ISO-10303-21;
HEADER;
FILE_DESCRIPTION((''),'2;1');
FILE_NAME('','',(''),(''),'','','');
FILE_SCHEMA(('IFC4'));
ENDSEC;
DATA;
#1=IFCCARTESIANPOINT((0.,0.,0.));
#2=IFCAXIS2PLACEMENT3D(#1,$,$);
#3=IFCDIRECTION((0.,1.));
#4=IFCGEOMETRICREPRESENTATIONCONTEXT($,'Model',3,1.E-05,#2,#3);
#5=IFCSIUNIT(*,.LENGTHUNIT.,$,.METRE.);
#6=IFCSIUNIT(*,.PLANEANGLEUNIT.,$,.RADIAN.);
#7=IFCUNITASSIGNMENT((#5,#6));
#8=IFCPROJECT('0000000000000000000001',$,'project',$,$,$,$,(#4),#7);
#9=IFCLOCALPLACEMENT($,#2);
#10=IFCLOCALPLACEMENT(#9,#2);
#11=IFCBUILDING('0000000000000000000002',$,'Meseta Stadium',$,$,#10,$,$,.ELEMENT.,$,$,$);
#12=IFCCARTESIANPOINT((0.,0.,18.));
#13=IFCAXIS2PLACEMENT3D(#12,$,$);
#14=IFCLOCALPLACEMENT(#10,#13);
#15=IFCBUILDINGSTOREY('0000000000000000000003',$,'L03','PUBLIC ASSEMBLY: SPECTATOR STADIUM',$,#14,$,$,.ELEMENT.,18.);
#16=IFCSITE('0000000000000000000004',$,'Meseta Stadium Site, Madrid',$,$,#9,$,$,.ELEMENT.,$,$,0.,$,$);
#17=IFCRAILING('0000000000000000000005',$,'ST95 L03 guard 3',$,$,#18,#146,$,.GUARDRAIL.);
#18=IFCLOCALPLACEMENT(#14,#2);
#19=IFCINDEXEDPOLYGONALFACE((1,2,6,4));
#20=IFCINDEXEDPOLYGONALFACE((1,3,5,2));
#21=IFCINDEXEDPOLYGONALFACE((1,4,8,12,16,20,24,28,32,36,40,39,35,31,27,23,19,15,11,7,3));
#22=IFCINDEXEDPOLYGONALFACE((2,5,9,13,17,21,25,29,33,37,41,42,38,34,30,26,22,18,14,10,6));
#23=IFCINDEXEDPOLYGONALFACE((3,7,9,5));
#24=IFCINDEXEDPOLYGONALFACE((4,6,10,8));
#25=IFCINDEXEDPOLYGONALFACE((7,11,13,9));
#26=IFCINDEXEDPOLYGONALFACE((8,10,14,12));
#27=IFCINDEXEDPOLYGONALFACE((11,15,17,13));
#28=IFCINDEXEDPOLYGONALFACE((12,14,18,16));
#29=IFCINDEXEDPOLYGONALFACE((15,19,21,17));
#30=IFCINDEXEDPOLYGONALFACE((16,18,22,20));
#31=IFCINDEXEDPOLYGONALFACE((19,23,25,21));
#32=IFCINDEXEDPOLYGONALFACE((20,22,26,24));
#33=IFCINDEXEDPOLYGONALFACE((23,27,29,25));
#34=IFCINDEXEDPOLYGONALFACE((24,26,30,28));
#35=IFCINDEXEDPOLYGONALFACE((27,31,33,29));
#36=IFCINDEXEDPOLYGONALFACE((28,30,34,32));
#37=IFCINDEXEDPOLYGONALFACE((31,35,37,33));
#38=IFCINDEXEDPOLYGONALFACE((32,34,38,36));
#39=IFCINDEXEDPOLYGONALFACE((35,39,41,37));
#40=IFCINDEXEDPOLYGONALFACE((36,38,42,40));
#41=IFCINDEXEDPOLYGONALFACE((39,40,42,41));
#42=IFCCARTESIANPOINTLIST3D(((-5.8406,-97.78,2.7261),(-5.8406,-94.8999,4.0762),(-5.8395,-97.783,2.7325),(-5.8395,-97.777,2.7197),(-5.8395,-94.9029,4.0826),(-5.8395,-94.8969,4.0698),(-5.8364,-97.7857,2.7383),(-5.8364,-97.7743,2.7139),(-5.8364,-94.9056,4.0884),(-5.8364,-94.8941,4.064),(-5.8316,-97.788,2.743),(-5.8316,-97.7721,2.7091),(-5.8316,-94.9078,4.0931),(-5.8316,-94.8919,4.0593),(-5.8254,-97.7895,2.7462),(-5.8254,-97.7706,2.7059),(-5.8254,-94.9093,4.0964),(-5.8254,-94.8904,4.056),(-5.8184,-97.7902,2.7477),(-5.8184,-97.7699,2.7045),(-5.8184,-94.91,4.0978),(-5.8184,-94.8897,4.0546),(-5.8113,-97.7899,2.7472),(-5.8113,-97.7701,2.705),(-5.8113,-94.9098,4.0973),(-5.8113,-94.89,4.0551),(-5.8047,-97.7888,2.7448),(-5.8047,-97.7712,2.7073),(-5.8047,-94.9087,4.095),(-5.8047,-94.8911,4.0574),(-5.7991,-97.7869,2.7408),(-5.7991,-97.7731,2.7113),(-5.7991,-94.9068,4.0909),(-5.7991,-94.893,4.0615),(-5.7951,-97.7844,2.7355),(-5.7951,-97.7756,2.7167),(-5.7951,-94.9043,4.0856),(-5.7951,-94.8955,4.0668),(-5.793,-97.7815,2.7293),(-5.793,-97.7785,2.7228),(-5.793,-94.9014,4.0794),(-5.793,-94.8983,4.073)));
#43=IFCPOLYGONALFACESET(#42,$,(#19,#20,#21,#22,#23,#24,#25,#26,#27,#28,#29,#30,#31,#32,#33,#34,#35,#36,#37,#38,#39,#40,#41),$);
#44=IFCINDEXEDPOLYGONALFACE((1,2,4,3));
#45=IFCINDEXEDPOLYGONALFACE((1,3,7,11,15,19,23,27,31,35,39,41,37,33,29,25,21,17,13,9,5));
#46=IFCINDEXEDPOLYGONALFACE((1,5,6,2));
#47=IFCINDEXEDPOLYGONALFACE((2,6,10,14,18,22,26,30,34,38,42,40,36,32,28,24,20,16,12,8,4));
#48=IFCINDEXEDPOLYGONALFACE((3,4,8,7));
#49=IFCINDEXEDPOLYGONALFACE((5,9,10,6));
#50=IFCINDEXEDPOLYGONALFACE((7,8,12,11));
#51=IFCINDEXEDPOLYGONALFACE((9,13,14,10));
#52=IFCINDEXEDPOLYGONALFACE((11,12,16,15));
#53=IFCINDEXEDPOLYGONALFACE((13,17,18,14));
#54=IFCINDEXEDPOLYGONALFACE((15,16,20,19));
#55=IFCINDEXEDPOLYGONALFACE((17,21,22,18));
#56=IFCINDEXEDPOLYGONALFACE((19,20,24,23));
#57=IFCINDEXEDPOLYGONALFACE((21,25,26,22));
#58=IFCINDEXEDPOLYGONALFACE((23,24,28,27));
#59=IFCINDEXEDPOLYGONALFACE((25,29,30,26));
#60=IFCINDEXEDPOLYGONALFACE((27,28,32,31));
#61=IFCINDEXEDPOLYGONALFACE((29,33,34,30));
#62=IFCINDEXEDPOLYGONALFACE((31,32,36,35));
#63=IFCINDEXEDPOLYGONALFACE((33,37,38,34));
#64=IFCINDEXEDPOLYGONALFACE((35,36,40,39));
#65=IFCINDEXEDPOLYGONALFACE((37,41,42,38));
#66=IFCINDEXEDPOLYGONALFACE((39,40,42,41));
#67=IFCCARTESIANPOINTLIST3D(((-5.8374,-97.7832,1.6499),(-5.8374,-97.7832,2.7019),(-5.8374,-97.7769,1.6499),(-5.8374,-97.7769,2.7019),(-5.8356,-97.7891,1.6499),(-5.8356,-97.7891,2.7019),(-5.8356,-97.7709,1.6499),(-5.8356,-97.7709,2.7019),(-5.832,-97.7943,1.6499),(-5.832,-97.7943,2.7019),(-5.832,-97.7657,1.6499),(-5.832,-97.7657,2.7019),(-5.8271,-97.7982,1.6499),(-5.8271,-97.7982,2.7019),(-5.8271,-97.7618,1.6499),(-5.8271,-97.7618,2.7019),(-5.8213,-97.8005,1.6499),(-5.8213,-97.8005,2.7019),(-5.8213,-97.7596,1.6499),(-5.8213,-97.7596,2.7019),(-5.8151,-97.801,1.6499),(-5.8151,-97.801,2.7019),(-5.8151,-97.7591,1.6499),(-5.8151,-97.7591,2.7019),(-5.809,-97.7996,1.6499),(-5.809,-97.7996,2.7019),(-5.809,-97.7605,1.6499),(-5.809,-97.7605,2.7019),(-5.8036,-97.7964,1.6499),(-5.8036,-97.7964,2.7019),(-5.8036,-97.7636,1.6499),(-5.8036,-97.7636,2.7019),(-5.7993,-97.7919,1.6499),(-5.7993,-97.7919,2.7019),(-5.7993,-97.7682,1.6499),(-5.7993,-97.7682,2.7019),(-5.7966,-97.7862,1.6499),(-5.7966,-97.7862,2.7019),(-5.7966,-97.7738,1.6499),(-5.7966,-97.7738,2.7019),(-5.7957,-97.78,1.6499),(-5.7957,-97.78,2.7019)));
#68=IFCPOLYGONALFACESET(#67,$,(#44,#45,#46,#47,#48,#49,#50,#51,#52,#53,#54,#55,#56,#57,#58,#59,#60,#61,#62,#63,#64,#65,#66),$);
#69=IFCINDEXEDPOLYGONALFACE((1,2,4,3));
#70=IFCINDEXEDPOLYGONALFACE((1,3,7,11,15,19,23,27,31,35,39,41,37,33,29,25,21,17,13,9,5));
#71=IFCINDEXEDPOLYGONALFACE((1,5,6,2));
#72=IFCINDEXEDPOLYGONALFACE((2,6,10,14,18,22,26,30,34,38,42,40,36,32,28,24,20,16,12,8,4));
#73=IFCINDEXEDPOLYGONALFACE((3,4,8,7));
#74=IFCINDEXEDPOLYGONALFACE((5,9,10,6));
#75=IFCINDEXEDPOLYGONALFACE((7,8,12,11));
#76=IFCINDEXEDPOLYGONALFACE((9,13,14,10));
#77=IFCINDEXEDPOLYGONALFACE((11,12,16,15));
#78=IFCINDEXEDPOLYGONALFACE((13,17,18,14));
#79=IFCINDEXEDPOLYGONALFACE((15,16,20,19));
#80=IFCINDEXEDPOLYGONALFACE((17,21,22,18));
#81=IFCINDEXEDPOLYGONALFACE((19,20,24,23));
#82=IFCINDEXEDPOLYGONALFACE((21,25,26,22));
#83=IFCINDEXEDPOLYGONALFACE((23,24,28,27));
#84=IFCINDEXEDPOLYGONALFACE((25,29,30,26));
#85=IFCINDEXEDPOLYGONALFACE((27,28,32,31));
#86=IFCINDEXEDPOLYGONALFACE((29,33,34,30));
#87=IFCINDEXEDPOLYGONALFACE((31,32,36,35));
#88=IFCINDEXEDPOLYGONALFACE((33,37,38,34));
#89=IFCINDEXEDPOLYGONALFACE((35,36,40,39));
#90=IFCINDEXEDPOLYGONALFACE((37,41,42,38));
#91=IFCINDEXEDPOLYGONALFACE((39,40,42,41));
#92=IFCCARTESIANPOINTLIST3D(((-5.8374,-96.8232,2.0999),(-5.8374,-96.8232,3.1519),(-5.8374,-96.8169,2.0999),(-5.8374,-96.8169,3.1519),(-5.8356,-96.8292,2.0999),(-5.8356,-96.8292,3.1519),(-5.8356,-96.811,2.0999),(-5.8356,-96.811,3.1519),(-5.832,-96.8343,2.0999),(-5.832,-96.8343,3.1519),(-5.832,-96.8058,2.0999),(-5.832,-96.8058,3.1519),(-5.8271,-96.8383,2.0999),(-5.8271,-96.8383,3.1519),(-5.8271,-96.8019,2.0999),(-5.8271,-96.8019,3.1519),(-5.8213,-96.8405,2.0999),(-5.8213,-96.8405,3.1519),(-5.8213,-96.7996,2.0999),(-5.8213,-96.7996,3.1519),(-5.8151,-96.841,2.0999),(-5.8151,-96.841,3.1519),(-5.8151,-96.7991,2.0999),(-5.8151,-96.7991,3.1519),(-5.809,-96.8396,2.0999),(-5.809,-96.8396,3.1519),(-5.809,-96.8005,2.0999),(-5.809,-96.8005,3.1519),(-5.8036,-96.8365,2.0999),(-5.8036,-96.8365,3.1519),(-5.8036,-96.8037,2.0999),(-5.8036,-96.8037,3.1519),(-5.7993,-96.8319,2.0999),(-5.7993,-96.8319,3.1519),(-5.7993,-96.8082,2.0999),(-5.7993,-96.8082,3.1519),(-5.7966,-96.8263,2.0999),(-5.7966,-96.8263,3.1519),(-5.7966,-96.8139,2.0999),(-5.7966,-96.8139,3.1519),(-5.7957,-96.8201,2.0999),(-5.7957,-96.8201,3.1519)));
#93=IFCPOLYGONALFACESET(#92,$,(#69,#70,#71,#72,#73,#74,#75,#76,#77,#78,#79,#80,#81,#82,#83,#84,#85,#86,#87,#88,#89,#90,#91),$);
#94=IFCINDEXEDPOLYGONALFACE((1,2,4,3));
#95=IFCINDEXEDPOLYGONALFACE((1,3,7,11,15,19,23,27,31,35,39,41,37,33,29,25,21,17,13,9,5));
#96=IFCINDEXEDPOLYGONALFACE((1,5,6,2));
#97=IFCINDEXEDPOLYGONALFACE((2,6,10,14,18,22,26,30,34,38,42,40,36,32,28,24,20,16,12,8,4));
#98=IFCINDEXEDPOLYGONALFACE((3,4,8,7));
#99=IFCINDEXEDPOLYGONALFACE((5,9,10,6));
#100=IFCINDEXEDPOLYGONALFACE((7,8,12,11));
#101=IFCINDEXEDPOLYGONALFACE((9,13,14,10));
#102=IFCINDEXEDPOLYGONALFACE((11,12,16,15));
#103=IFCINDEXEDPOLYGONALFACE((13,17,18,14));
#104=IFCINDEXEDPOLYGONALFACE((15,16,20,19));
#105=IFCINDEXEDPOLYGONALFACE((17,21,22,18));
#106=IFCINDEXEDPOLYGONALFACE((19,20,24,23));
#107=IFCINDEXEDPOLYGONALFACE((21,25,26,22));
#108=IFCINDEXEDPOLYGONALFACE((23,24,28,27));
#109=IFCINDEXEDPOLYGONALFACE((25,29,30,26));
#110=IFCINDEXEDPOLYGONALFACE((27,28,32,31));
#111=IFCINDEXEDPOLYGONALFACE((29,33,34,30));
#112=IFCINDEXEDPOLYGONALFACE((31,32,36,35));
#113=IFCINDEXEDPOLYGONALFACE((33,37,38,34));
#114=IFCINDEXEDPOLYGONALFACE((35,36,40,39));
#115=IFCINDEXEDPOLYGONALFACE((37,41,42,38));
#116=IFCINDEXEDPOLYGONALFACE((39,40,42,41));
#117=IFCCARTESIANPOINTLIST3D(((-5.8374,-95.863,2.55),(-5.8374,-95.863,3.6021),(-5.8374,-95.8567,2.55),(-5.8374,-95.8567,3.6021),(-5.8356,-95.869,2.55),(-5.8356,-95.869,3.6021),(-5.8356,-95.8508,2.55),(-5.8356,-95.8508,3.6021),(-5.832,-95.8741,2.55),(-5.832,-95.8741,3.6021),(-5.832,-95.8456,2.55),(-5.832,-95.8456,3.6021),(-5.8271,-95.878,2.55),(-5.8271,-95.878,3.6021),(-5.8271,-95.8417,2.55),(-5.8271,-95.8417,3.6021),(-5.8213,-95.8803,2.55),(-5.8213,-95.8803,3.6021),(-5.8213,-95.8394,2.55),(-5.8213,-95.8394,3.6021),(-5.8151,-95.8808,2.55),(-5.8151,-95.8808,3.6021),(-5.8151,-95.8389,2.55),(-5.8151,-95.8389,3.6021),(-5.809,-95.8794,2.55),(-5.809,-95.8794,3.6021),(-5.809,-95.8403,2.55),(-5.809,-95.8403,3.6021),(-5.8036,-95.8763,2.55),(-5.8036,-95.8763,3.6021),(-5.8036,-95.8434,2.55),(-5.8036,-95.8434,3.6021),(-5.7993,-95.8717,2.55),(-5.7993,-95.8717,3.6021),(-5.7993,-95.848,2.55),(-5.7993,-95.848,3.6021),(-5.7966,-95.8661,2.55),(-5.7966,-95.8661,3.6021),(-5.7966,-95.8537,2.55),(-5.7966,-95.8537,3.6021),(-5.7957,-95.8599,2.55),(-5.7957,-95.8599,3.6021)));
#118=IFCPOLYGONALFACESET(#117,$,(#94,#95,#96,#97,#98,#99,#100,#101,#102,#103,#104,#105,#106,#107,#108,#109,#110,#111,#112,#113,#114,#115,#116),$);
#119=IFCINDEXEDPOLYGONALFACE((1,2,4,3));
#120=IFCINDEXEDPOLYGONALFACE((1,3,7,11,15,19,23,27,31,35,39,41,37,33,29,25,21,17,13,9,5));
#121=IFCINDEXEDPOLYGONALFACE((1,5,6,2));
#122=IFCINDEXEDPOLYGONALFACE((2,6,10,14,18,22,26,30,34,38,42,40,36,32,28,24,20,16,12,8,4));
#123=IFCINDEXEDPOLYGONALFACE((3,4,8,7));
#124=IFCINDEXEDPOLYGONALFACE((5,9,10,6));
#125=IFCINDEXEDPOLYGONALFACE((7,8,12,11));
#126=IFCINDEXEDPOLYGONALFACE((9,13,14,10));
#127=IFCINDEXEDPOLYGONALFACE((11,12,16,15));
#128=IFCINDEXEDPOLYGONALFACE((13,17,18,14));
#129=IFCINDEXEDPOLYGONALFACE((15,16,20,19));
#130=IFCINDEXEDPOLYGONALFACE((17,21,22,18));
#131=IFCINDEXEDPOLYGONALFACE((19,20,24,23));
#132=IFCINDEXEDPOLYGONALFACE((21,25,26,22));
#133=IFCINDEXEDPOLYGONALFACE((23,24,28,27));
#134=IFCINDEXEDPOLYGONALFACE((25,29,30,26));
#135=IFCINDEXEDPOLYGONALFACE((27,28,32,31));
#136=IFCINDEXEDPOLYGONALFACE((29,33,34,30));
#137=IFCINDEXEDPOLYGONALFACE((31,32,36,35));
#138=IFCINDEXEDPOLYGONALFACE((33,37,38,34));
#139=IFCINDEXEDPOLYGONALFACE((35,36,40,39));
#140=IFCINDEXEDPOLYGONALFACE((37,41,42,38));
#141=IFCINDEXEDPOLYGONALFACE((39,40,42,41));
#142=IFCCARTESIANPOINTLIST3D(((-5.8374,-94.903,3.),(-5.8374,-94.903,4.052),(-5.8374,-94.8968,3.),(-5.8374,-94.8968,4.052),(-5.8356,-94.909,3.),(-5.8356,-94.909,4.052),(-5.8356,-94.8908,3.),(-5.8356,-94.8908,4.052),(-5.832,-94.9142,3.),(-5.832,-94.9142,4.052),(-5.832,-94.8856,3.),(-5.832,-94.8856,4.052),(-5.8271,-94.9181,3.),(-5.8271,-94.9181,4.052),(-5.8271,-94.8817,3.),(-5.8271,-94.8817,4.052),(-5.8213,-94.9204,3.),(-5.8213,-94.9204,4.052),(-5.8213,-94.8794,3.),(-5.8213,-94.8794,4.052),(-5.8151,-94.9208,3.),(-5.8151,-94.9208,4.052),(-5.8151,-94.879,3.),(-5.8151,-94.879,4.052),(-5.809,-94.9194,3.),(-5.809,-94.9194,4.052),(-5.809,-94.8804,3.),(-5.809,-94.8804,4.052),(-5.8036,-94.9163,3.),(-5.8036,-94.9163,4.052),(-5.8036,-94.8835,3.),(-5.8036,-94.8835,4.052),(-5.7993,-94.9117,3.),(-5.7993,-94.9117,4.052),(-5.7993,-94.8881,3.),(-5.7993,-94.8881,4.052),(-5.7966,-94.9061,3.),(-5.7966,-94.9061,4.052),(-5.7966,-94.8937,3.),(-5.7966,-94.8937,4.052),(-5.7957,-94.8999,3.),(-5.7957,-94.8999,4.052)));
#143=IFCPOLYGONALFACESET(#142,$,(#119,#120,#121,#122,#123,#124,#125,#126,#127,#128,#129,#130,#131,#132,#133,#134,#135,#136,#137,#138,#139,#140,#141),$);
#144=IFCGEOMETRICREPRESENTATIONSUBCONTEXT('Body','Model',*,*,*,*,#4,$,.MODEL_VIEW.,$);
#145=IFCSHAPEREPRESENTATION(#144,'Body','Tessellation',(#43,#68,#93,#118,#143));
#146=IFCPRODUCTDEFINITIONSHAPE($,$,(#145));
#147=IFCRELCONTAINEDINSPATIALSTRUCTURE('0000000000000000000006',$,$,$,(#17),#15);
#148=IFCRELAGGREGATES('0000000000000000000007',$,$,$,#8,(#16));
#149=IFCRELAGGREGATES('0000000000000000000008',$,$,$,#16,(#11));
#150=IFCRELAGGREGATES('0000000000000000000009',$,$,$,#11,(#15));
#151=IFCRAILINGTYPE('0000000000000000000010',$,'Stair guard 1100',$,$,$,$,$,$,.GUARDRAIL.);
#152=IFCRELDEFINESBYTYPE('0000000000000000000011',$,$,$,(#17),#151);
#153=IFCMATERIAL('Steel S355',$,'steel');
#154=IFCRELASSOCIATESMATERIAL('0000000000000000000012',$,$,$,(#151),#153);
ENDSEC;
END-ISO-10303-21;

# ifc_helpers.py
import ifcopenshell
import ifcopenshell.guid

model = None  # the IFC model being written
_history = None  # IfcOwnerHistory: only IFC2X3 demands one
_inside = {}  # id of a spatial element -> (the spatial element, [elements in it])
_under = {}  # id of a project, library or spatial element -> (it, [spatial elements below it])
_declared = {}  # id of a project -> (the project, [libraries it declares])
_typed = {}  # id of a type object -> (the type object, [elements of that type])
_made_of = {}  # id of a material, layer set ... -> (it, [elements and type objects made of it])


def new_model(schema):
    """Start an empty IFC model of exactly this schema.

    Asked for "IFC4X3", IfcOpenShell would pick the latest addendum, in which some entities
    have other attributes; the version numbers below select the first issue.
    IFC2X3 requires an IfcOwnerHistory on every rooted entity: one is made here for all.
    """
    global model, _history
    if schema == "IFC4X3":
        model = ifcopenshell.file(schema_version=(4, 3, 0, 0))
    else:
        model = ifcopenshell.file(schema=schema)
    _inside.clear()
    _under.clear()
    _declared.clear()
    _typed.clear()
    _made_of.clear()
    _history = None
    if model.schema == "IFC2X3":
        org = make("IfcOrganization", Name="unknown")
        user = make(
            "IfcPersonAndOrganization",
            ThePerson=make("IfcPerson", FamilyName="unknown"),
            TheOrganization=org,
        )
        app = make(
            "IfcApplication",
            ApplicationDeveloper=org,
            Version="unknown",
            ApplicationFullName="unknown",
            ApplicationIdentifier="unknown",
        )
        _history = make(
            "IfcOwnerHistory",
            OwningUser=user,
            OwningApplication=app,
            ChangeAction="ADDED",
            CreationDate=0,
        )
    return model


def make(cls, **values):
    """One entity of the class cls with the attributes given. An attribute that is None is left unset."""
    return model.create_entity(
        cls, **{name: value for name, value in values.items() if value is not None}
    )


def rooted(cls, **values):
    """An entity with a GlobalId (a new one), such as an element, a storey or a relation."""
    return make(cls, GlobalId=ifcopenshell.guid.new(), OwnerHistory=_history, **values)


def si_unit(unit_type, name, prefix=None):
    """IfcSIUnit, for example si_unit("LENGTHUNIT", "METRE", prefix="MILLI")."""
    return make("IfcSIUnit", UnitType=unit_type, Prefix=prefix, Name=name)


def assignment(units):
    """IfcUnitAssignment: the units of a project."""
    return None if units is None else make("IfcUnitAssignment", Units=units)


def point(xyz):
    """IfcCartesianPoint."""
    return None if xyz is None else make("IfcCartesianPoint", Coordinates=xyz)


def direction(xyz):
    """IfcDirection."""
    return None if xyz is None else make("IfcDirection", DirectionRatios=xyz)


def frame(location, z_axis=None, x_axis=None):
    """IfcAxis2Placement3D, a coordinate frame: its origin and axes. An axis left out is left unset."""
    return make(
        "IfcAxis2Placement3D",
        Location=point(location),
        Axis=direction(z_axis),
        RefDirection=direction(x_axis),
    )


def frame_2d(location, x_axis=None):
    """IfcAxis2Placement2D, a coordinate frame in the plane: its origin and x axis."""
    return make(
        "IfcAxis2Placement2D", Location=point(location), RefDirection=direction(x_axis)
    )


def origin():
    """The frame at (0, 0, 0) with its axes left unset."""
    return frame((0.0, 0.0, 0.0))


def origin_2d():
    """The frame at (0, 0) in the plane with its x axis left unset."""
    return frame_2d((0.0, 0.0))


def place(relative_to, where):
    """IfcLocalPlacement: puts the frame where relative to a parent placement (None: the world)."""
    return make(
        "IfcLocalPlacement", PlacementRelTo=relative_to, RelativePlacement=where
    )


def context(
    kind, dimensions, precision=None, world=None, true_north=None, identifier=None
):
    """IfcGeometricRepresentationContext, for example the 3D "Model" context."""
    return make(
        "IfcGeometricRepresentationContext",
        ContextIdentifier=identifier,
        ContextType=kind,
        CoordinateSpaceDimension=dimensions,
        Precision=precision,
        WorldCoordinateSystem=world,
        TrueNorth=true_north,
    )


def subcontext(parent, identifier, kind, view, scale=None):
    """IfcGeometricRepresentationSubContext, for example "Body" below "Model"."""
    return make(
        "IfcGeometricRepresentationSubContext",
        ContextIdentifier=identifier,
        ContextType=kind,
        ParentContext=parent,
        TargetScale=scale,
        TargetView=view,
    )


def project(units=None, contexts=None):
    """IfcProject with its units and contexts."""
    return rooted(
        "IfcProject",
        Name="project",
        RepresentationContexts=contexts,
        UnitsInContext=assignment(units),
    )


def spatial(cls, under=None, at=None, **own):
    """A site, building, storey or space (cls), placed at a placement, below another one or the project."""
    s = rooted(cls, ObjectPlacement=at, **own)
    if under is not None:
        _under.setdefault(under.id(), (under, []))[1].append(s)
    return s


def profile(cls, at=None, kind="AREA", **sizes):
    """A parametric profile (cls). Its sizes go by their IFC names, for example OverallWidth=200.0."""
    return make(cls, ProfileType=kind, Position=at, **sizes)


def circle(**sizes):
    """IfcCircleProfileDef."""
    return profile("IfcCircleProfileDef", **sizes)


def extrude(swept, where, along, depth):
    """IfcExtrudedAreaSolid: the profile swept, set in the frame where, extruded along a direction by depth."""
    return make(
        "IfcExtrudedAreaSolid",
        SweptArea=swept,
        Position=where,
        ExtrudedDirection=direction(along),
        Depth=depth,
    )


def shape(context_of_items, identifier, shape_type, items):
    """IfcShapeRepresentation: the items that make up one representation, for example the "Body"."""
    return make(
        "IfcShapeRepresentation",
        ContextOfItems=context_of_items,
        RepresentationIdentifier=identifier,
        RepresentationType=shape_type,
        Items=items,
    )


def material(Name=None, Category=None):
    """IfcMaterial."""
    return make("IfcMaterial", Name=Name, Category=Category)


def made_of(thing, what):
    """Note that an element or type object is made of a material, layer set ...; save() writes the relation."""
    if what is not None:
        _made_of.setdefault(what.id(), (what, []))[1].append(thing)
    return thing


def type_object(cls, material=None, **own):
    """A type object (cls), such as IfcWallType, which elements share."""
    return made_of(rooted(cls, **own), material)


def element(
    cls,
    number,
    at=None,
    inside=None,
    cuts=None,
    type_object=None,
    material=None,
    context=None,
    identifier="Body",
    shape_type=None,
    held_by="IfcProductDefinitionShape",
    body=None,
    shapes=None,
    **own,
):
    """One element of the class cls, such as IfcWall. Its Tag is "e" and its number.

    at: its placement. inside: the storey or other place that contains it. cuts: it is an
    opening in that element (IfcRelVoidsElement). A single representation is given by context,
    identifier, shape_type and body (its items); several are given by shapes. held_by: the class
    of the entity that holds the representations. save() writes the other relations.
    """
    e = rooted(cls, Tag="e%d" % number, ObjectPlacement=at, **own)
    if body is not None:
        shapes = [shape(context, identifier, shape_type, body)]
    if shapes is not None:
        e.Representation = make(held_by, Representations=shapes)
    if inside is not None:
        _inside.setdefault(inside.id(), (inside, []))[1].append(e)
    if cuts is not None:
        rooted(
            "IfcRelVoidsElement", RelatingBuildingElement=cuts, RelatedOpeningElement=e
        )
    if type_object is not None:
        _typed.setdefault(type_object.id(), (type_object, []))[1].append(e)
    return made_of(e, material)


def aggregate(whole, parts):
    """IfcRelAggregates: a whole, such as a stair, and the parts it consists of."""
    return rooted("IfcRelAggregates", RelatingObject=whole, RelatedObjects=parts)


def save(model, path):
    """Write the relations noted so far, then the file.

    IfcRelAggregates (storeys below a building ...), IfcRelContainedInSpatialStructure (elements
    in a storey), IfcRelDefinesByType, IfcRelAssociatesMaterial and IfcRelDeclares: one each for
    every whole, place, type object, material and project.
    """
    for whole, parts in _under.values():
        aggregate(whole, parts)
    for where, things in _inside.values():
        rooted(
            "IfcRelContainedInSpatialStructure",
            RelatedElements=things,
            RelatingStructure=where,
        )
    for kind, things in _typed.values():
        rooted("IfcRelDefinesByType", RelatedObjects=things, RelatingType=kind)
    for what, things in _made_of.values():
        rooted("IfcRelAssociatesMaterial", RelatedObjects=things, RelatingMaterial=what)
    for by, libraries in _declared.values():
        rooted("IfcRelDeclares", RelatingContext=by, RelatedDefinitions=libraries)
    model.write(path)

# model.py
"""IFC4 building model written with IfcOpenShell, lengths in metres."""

from ifc_helpers import new_model, si_unit, direction, frame, origin, origin_2d, place, context, subcontext, project, spatial, circle, extrude, material, type_object, element, save


model = new_model("IFC4")

# Units and contexts
model_context = context("Model", 3, precision=1e-05, world=origin(), true_north=direction((0.0, 1.0)))
body_context = subcontext(model_context, "Body", "Model", "MODEL_VIEW")
ifc_project = project(units=[si_unit("LENGTHUNIT", "METRE"), si_unit("PLANEANGLEUNIT", "RADIAN")], contexts=[model_context])

# Site, building, storey
site_placement = place(None, origin())
site = spatial("IfcSite", under=ifc_project, at=site_placement, Name="Meseta Stadium Site, Madrid", CompositionType="ELEMENT", RefElevation=0.0)
building_placement = place(site_placement, origin())
building = spatial("IfcBuilding", under=site, at=building_placement, Name="Meseta Stadium", CompositionType="ELEMENT")
storey_placement = place(building_placement, frame((0.0, 0.0, 18.0)))
storey = spatial("IfcBuildingStorey", under=building, at=storey_placement, Name="L03", Description="PUBLIC ASSEMBLY: SPECTATOR STADIUM", CompositionType="ELEMENT", Elevation=18.0)

# Railing
ifc_material_1 = material(Name="Steel S355", Category="steel")
railing_type_1 = type_object("IfcRailingType", Name="Stair guard 1100", PredefinedType="GUARDRAIL", material=ifc_material_1)
for number, where, name in (
    (1, (-5.8167, -97.78, 1.6499), "ST95 L03 guard 3"),
):
    element("IfcRailing", number, at=place(storey_placement, frame(where)), inside=storey, type_object=railing_type_1, Name=name, PredefinedType="GUARDRAIL", context=body_context, shape_type="SweptSolid", body=[
        extrude(circle(Radius=0.0239, at=origin_2d()), frame((0.0, 0.0, 1.0762), z_axis=(0.0, 0.905454, 0.424444), x_axis=(-1.0, 0.0, 0.0)), (0.0, 0.0, 1.0), 3.1809),
        extrude(circle(Radius=0.021, at=origin_2d()), origin(), (0.0, 0.0, 1.0), 1.052),
        extrude(circle(Radius=0.021, at=origin_2d()), frame((0.0, 0.96, 0.45)), (0.0, 0.0, 1.0), 1.052),
        extrude(circle(Radius=0.021, at=origin_2d()), frame((0.0, 1.9202, 0.9001)), (0.0, 0.0, 1.0), 1.052),
        extrude(circle(Radius=0.021, at=origin_2d()), frame((0.0, 2.8801, 1.3501)), (0.0, 0.0, 1.0), 1.052),
    ])

save(model, "model.ifc")
